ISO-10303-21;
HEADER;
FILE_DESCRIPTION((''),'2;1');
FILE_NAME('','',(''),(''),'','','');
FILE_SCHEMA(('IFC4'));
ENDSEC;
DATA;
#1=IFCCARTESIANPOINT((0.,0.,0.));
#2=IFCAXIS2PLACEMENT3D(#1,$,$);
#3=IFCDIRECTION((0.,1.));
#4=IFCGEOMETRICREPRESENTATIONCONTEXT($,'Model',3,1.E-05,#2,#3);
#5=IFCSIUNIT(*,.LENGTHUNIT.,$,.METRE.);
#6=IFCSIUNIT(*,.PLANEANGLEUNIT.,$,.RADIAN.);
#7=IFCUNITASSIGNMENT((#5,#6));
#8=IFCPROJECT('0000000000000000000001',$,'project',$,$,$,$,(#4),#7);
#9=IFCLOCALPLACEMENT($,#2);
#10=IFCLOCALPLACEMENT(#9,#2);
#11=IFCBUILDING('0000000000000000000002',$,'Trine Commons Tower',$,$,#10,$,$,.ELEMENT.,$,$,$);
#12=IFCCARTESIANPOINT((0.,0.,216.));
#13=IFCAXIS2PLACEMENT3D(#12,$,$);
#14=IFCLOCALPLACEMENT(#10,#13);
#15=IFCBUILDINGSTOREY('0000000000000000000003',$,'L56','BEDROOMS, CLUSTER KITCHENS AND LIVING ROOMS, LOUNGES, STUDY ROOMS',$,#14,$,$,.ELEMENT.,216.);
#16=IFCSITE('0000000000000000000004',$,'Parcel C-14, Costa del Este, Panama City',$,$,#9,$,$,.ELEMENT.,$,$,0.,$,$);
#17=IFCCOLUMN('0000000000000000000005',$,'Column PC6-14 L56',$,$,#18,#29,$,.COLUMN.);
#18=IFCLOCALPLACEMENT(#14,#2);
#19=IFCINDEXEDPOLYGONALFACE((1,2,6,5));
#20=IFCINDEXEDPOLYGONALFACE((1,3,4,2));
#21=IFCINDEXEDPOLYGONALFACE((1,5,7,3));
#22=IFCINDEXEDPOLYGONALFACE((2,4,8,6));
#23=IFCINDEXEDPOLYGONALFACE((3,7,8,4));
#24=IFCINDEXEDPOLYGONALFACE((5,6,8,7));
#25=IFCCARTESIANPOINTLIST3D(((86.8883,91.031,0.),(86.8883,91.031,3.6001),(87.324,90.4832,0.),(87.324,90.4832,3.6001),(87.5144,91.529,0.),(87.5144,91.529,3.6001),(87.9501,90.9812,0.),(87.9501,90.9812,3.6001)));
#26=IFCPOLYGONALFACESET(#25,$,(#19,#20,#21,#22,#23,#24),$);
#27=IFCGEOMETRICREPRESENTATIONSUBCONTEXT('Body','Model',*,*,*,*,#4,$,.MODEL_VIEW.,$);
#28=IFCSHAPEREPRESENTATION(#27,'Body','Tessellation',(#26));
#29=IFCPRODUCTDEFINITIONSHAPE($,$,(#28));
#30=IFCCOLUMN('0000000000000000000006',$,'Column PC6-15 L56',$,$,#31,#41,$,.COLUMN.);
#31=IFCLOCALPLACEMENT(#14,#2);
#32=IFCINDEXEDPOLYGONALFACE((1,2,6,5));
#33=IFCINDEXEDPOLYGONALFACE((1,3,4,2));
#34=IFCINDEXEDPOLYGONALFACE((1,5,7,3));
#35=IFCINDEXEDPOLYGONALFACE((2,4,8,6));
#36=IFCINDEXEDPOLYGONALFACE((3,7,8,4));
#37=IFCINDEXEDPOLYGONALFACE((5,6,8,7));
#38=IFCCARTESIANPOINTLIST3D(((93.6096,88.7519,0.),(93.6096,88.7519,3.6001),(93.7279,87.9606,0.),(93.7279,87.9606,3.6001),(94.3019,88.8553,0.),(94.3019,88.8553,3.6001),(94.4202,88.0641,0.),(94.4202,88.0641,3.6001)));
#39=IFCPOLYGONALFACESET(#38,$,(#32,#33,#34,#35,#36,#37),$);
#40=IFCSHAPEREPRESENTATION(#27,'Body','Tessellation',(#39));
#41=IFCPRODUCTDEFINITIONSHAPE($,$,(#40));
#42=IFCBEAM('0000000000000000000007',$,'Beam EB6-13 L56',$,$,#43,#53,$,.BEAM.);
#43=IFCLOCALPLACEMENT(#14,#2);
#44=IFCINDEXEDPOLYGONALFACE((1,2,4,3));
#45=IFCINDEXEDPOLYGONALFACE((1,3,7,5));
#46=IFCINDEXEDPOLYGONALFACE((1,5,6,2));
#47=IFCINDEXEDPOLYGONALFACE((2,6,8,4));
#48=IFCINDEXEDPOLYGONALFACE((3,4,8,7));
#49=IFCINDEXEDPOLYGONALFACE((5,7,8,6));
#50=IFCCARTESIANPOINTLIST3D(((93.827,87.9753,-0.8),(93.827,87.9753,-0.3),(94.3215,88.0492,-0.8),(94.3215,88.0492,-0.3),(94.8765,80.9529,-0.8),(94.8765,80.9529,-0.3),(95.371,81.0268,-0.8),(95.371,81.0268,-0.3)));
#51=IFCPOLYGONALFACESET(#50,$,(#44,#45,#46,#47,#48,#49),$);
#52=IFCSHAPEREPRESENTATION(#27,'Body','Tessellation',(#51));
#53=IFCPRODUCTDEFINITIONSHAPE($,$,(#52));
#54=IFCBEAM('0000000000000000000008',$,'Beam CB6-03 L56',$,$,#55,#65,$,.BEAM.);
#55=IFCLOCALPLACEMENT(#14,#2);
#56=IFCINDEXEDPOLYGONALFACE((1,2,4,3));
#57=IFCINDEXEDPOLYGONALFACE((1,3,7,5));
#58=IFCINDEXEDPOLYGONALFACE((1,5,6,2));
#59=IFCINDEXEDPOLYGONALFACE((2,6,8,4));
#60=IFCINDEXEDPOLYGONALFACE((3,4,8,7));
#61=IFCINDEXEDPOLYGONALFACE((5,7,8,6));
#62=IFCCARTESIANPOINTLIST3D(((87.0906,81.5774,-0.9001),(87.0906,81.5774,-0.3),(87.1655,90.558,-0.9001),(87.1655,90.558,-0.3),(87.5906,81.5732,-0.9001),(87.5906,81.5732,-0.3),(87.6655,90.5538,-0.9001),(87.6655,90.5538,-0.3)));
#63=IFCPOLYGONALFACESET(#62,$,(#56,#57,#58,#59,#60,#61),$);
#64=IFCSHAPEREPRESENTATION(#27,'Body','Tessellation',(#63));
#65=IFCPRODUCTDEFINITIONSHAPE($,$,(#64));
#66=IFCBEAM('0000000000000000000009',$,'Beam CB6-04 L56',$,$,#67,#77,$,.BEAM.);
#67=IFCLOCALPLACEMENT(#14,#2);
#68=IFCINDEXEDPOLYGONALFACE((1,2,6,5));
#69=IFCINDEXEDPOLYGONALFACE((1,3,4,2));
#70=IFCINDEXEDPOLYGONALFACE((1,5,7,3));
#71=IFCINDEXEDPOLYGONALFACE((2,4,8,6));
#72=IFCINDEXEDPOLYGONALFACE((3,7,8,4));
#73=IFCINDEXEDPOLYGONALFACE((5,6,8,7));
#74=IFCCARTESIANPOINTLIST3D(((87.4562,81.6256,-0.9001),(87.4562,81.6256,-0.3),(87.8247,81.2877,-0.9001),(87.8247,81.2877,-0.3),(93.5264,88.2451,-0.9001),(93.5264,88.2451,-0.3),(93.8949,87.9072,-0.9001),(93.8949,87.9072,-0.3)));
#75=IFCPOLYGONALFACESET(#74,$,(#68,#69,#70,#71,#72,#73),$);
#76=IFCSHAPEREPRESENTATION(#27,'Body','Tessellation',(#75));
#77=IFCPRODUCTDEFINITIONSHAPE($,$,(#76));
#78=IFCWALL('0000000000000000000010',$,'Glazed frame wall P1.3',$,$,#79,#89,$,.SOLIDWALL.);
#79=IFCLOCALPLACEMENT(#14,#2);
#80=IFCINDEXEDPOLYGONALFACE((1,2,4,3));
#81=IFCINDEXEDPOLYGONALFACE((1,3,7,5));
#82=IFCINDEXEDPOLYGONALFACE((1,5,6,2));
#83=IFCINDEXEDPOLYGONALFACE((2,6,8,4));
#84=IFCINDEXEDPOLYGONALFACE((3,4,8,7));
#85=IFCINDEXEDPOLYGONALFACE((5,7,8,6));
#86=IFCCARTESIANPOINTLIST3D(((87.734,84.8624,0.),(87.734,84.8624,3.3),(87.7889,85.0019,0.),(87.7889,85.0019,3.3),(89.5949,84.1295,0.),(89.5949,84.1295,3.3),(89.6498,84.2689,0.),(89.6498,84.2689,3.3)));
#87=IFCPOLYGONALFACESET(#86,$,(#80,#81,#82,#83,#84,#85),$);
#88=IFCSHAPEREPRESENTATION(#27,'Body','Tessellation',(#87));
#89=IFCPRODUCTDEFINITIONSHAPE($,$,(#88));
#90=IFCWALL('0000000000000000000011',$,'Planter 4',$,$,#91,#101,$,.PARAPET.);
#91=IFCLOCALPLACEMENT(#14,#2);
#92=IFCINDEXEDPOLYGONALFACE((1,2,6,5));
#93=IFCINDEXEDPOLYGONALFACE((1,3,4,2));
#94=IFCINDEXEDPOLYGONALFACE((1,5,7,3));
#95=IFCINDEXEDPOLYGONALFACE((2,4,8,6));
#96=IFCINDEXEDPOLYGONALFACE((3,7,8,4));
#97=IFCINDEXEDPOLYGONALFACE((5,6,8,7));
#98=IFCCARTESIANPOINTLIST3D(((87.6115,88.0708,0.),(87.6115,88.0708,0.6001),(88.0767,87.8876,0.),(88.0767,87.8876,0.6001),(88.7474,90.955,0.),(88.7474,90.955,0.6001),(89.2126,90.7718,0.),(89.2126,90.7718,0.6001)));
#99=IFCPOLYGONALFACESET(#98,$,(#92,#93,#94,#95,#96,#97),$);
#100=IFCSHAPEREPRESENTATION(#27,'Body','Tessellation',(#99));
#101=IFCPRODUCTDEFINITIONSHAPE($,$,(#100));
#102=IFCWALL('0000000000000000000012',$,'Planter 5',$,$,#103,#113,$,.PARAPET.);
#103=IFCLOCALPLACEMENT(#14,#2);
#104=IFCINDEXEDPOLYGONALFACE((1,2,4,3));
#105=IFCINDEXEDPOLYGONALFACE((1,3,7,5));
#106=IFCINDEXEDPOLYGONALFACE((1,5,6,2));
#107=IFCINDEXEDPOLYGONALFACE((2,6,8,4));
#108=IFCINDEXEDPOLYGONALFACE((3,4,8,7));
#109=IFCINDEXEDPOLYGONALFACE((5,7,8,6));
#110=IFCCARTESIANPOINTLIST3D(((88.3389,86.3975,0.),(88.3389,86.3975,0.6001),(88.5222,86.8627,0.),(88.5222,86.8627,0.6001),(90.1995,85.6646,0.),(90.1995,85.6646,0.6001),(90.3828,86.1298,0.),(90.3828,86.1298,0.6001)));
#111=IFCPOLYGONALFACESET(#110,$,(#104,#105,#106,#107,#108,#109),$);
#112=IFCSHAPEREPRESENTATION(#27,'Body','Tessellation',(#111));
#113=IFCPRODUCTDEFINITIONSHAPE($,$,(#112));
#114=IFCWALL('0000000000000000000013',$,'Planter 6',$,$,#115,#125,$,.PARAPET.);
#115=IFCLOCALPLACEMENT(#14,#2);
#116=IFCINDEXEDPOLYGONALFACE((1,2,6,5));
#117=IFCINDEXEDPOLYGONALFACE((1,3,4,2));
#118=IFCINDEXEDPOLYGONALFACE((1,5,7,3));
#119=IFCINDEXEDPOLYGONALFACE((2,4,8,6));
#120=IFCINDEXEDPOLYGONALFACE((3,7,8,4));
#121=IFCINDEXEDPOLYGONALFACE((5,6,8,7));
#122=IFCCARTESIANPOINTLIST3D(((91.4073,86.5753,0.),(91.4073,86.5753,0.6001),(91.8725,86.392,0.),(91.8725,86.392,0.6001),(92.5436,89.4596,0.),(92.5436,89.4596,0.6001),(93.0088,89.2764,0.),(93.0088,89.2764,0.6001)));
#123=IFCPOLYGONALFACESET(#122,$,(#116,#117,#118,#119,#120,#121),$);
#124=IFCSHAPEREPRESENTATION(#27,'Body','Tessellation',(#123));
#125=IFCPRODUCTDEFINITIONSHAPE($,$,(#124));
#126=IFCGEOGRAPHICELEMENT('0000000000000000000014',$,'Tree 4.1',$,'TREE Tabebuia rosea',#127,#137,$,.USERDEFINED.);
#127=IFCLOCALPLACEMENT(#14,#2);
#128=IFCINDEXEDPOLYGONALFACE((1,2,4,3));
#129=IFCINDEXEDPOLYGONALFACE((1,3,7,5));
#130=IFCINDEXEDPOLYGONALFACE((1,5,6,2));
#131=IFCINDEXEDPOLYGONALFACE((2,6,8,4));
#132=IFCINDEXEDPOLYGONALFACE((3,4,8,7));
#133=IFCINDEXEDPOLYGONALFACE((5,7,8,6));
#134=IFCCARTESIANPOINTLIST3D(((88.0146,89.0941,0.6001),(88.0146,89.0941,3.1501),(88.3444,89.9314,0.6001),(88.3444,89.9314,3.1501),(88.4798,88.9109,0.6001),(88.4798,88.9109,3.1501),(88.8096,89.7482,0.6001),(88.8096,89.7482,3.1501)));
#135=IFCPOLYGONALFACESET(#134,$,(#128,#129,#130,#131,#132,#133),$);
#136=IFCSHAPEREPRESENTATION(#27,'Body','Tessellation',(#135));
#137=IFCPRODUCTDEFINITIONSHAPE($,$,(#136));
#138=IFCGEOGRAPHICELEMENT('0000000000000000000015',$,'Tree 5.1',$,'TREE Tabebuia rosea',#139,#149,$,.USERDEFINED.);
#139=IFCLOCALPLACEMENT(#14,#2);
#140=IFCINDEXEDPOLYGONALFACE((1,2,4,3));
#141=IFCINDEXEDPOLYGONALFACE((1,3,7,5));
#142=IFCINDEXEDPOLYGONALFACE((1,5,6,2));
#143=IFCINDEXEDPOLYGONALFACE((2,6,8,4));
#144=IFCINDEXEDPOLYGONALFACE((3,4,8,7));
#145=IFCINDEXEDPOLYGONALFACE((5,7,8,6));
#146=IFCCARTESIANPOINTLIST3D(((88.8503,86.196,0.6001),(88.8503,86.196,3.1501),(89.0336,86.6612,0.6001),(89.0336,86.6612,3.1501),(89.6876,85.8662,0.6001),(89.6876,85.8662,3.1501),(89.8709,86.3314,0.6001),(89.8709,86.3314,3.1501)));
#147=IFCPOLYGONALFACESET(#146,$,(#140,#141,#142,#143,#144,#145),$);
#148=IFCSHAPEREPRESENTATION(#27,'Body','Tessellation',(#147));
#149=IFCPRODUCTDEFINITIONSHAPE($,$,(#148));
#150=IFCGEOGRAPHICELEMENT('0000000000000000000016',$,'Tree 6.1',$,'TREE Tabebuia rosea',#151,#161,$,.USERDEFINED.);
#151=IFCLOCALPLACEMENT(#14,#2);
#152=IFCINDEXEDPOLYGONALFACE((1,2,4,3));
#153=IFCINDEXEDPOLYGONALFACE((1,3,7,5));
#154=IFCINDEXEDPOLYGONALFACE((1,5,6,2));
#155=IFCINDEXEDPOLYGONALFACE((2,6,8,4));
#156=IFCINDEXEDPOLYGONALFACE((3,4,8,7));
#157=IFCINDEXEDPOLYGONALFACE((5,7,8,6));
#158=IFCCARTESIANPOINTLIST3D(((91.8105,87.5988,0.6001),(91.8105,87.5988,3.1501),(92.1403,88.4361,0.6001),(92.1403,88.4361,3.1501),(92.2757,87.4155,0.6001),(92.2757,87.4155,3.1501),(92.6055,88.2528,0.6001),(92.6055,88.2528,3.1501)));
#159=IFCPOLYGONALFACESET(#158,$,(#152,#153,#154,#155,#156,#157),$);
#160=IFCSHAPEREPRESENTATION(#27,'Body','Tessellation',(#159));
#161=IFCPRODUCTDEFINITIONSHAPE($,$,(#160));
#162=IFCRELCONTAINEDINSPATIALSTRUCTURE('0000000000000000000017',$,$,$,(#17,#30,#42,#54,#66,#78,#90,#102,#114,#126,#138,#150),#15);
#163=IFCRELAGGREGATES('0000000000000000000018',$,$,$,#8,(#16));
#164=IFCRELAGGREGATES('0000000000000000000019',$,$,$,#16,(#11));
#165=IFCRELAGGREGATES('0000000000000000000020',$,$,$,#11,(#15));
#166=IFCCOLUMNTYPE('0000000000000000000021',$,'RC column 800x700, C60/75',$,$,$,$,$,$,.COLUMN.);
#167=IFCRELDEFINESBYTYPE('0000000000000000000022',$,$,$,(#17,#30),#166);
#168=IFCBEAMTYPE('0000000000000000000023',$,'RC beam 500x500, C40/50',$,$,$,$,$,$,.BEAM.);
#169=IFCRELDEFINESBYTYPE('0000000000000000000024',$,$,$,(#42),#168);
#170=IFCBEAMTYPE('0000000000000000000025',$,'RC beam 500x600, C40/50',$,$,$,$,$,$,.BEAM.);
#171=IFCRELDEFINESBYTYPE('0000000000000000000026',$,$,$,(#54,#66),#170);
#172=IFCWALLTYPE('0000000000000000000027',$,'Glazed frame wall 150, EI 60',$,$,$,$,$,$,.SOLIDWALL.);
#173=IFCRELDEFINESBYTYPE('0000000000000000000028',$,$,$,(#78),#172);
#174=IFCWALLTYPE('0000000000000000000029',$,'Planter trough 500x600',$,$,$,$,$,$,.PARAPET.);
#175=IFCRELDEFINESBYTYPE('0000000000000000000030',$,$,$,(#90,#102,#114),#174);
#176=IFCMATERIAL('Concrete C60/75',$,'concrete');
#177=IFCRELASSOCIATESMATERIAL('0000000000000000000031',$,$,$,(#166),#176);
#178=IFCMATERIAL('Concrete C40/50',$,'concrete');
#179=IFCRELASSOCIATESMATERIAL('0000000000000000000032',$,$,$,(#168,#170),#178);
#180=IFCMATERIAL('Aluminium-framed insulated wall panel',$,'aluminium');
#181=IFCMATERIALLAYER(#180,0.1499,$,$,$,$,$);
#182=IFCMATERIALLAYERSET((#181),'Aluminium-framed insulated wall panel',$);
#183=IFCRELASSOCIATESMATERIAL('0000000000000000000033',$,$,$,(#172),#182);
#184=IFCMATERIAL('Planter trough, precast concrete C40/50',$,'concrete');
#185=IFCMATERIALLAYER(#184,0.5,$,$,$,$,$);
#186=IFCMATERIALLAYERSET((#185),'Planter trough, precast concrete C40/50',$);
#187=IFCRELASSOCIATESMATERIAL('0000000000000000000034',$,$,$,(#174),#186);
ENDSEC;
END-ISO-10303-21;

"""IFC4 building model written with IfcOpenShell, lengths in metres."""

from ifc_helpers import new_model, si_unit, direction, frame, frame_2d, origin, origin_2d, place, context, subcontext, project, spatial, polyline, rectangle, outline, extrude, material, layer, layer_set, material_profile, profile_set, type_object, element, save


model = new_model("IFC4")

# Units and contexts
model_context = context("Model", 3, precision=1e-05, world=origin(), true_north=direction((0.0, 1.0)))
body_context = subcontext(model_context, "Body", "Model", "MODEL_VIEW")
ifc_project = project(units=[si_unit("LENGTHUNIT", "METRE"), si_unit("PLANEANGLEUNIT", "RADIAN")], contexts=[model_context])

# Site, building, storey
site_placement = place(None, origin())
site = spatial("IfcSite", under=ifc_project, at=site_placement, Name="Parcel C-14, Costa del Este, Panama City", CompositionType="ELEMENT", RefElevation=0.0)
building_placement = place(site_placement, origin())
building = spatial("IfcBuilding", under=site, at=building_placement, Name="Trine Commons Tower", CompositionType="ELEMENT")
storey_placement = place(building_placement, frame((0.0, 0.0, 216.0)))
storey = spatial("IfcBuildingStorey", under=building, at=storey_placement, Name="L56", Description="BEDROOMS, CLUSTER KITCHENS AND LIVING ROOMS, LOUNGES, STUDY ROOMS", CompositionType="ELEMENT", Elevation=216.0)

# Columns
ifc_material_1 = material(Name="Concrete C60/75", Category="concrete")
ifc_material_profile_1 = material_profile(ifc_material_1, rectangle(XDim=0.8, YDim=0.7, at=origin_2d()), Name="RC 800x700")
ifc_profile_set_1 = profile_set([ifc_material_profile_1], Name="Concrete C60/75")
column_type = type_object("IfcColumnType", Name="RC column 800x700, C60/75", PredefinedType="COLUMN", material=ifc_profile_set_1)
for number, where, z_axis, x_axis, name in (
    (1, (87.4192, 91.0061, 0.0), (0.0, 0.0, 1.0), (0.782608, 0.622515, 0.0), "Column PC6-14 L56"),
    (2, (94.0149, 88.408, 0.0), (0.0, 0.0, 1.0), (-0.147809, 0.989016, 0.0), "Column PC6-15 L56"),
):
    element("IfcColumn", number, at=place(storey_placement, frame(where, z_axis=z_axis, x_axis=x_axis)), inside=storey, type_object=column_type, Name=name, PredefinedType="COLUMN", context=body_context, shape_type="SweptSolid", body=[
        extrude(rectangle(XDim=0.8, YDim=0.7, at=origin_2d()), origin(), (0.0, 0.0, 1.0), 3.6001),
    ])

# Beams
ifc_material_2 = material(Name="Concrete C40/50", Category="concrete")
ifc_material_profile_2 = material_profile(ifc_material_2, rectangle(XDim=0.5, YDim=0.5, at=origin_2d()), Name="RC 500x500")
ifc_profile_set_2 = profile_set([ifc_material_profile_2], Name="Concrete C40/50")
beam_type_1 = type_object("IfcBeamType", Name="RC beam 500x500, C40/50", PredefinedType="BEAM", material=ifc_profile_set_2)
beam_1_placement = place(storey_placement, frame((94.0742, 88.0122, -0.55), z_axis=(0.147816, -0.989015, 0.0), x_axis=(0.989015, 0.147816, 0.0)))
element("IfcBeam", 3, at=beam_1_placement, inside=storey, type_object=beam_type_1, Name="Beam EB6-13 L56", PredefinedType="BEAM", context=body_context, shape_type="SweptSolid", body=[
    extrude(rectangle(XDim=0.5, YDim=0.5, at=origin_2d()), origin(), (0.0, 0.0, 1.0), 7.1003),
])
ifc_material_profile_3 = material_profile(ifc_material_2, rectangle(XDim=0.5, YDim=0.6001, at=origin_2d()), Name="RC 500x600")
ifc_profile_set_3 = profile_set([ifc_material_profile_3], Name="Concrete C40/50")
beam_type_2 = type_object("IfcBeamType", Name="RC beam 500x600, C40/50", PredefinedType="BEAM", material=ifc_profile_set_3)
beam_2_placement = place(storey_placement, frame((87.4155, 90.5559, -0.6001), z_axis=(-0.008346, -0.999965, 0.0), x_axis=(0.999965, -0.008346, 0.0)))
element("IfcBeam", 4, at=beam_2_placement, inside=storey, type_object=beam_type_2, Name="Beam CB6-03 L56", PredefinedType="BEAM", context=body_context, shape_type="SweptSolid", body=[
    extrude(rectangle(XDim=0.5, YDim=0.6001, at=origin_2d()), origin(), (0.0, 0.0, 1.0), 8.981),
])
beam_3_placement = place(storey_placement, frame((93.7107, 88.0762, -0.6001), z_axis=(-0.675865, -0.737025, 0.0), x_axis=(0.737025, -0.675865, 0.0)))
element("IfcBeam", 5, at=beam_3_placement, inside=storey, type_object=beam_type_2, Name="Beam CB6-04 L56", PredefinedType="BEAM", context=body_context, shape_type="SweptSolid", body=[
    extrude(rectangle(XDim=0.5, YDim=0.6001, at=origin_2d()), origin(), (0.0, 0.0, 1.0), 8.9814),
])

# Walls
ifc_material_3 = material(Name="Aluminium-framed insulated wall panel", Category="aluminium")
ifc_layer_1 = layer(ifc_material_3, 0.1499)
ifc_layer_set_1 = layer_set([ifc_layer_1], Name="Aluminium-framed insulated wall panel")
wall_type_1 = type_object("IfcWallType", Name="Glazed frame wall 150, EI 60", PredefinedType="SOLIDWALL", material=ifc_layer_set_1)
wall_1_placement = place(storey_placement, frame((87.7615, 84.9321, 0.0), z_axis=(0.0, 0.0, 1.0), x_axis=(0.930434, -0.36646, 0.0)))
element("IfcWall", 6, at=wall_1_placement, inside=storey, type_object=wall_type_1, Name="Glazed frame wall P1.3", PredefinedType="SOLIDWALL", context=body_context, shape_type="SweptSolid", body=[
    extrude(outline(polyline([(0.0, -0.075), (2.0, -0.075), (2.0, 0.075), (0.0, 0.075), (0.0, -0.075)])), origin(), (0.0, 0.0, 1.0), 3.3),
])
ifc_material_4 = material(Name="Planter trough, precast concrete C40/50", Category="concrete")
ifc_layer_2 = layer(ifc_material_4, 0.5)
ifc_layer_set_2 = layer_set([ifc_layer_2], Name="Planter trough, precast concrete C40/50")
wall_type_2 = type_object("IfcWallType", Name="Planter trough 500x600", PredefinedType="PARAPET", material=ifc_layer_set_2)
wall_2_placement = place(storey_placement, frame((88.98, 90.8633, 0.0), z_axis=(0.0, 0.0, 1.0), x_axis=(-0.366456, -0.930435, 0.0)))
element("IfcWall", 7, at=wall_2_placement, inside=storey, type_object=wall_type_2, Name="Planter 4", PredefinedType="PARAPET", context=body_context, shape_type="SweptSolid", body=[
    extrude(rectangle(XDim=3.0999, YDim=0.5, at=frame_2d((1.5498, 0.0))), origin(), (0.0, 0.0, 1.0), 0.6001),
])
wall_3_placement = place(storey_placement, frame((88.4304, 86.6301, 0.0), z_axis=(0.0, 0.0, 1.0), x_axis=(0.930417, -0.366502, 0.0)))
element("IfcWall", 8, at=wall_3_placement, inside=storey, type_object=wall_type_2, Name="Planter 5", PredefinedType="PARAPET", context=body_context, shape_type="SweptSolid", body=[
    extrude(rectangle(XDim=1.9998, YDim=0.5, at=frame_2d((1.0, 0.0))), origin(), (0.0, 0.0, 1.0), 0.6001),
])
wall_4_placement = place(storey_placement, frame((91.6399, 86.4836, 0.0), z_axis=(0.0, 0.0, 1.0), x_axis=(0.366525, 0.930408, 0.0)))
element("IfcWall", 9, at=wall_4_placement, inside=storey, type_object=wall_type_2, Name="Planter 6", PredefinedType="PARAPET", context=body_context, shape_type="SweptSolid", body=[
    extrude(rectangle(XDim=3.1001, YDim=0.5, at=frame_2d((1.55, 0.0))), origin(), (0.0, 0.0, 1.0), 0.6001),
])

# Geographic elements
for number, where, z_axis, x_axis, name in (
    (10, (88.4121, 89.4211, 0.6001), (0.0, 0.0, 1.0), (-0.366495, -0.93042, 0.0), "Tree 4.1"),
    (11, (89.3606, 86.2637, 0.6001), (0.0, 0.0, 1.0), (0.930417, -0.366503, 0.0), "Tree 5.1"),
    (12, (92.208, 87.9258, 0.6001), (0.0, 0.0, 1.0), (0.366521, 0.93041, 0.0), "Tree 6.1"),
):
    element("IfcGeographicElement", number, at=place(storey_placement, frame(where, z_axis=z_axis, x_axis=x_axis)), inside=storey, Name=name, ObjectType="TREE Tabebuia rosea", PredefinedType="USERDEFINED", context=body_context, shape_type="SweptSolid", body=[
        extrude(rectangle(XDim=0.8999, YDim=0.5, at=origin_2d()), origin(), (0.0, 0.0, 1.0), 2.55),
    ])

save(model, "model.ifc")
